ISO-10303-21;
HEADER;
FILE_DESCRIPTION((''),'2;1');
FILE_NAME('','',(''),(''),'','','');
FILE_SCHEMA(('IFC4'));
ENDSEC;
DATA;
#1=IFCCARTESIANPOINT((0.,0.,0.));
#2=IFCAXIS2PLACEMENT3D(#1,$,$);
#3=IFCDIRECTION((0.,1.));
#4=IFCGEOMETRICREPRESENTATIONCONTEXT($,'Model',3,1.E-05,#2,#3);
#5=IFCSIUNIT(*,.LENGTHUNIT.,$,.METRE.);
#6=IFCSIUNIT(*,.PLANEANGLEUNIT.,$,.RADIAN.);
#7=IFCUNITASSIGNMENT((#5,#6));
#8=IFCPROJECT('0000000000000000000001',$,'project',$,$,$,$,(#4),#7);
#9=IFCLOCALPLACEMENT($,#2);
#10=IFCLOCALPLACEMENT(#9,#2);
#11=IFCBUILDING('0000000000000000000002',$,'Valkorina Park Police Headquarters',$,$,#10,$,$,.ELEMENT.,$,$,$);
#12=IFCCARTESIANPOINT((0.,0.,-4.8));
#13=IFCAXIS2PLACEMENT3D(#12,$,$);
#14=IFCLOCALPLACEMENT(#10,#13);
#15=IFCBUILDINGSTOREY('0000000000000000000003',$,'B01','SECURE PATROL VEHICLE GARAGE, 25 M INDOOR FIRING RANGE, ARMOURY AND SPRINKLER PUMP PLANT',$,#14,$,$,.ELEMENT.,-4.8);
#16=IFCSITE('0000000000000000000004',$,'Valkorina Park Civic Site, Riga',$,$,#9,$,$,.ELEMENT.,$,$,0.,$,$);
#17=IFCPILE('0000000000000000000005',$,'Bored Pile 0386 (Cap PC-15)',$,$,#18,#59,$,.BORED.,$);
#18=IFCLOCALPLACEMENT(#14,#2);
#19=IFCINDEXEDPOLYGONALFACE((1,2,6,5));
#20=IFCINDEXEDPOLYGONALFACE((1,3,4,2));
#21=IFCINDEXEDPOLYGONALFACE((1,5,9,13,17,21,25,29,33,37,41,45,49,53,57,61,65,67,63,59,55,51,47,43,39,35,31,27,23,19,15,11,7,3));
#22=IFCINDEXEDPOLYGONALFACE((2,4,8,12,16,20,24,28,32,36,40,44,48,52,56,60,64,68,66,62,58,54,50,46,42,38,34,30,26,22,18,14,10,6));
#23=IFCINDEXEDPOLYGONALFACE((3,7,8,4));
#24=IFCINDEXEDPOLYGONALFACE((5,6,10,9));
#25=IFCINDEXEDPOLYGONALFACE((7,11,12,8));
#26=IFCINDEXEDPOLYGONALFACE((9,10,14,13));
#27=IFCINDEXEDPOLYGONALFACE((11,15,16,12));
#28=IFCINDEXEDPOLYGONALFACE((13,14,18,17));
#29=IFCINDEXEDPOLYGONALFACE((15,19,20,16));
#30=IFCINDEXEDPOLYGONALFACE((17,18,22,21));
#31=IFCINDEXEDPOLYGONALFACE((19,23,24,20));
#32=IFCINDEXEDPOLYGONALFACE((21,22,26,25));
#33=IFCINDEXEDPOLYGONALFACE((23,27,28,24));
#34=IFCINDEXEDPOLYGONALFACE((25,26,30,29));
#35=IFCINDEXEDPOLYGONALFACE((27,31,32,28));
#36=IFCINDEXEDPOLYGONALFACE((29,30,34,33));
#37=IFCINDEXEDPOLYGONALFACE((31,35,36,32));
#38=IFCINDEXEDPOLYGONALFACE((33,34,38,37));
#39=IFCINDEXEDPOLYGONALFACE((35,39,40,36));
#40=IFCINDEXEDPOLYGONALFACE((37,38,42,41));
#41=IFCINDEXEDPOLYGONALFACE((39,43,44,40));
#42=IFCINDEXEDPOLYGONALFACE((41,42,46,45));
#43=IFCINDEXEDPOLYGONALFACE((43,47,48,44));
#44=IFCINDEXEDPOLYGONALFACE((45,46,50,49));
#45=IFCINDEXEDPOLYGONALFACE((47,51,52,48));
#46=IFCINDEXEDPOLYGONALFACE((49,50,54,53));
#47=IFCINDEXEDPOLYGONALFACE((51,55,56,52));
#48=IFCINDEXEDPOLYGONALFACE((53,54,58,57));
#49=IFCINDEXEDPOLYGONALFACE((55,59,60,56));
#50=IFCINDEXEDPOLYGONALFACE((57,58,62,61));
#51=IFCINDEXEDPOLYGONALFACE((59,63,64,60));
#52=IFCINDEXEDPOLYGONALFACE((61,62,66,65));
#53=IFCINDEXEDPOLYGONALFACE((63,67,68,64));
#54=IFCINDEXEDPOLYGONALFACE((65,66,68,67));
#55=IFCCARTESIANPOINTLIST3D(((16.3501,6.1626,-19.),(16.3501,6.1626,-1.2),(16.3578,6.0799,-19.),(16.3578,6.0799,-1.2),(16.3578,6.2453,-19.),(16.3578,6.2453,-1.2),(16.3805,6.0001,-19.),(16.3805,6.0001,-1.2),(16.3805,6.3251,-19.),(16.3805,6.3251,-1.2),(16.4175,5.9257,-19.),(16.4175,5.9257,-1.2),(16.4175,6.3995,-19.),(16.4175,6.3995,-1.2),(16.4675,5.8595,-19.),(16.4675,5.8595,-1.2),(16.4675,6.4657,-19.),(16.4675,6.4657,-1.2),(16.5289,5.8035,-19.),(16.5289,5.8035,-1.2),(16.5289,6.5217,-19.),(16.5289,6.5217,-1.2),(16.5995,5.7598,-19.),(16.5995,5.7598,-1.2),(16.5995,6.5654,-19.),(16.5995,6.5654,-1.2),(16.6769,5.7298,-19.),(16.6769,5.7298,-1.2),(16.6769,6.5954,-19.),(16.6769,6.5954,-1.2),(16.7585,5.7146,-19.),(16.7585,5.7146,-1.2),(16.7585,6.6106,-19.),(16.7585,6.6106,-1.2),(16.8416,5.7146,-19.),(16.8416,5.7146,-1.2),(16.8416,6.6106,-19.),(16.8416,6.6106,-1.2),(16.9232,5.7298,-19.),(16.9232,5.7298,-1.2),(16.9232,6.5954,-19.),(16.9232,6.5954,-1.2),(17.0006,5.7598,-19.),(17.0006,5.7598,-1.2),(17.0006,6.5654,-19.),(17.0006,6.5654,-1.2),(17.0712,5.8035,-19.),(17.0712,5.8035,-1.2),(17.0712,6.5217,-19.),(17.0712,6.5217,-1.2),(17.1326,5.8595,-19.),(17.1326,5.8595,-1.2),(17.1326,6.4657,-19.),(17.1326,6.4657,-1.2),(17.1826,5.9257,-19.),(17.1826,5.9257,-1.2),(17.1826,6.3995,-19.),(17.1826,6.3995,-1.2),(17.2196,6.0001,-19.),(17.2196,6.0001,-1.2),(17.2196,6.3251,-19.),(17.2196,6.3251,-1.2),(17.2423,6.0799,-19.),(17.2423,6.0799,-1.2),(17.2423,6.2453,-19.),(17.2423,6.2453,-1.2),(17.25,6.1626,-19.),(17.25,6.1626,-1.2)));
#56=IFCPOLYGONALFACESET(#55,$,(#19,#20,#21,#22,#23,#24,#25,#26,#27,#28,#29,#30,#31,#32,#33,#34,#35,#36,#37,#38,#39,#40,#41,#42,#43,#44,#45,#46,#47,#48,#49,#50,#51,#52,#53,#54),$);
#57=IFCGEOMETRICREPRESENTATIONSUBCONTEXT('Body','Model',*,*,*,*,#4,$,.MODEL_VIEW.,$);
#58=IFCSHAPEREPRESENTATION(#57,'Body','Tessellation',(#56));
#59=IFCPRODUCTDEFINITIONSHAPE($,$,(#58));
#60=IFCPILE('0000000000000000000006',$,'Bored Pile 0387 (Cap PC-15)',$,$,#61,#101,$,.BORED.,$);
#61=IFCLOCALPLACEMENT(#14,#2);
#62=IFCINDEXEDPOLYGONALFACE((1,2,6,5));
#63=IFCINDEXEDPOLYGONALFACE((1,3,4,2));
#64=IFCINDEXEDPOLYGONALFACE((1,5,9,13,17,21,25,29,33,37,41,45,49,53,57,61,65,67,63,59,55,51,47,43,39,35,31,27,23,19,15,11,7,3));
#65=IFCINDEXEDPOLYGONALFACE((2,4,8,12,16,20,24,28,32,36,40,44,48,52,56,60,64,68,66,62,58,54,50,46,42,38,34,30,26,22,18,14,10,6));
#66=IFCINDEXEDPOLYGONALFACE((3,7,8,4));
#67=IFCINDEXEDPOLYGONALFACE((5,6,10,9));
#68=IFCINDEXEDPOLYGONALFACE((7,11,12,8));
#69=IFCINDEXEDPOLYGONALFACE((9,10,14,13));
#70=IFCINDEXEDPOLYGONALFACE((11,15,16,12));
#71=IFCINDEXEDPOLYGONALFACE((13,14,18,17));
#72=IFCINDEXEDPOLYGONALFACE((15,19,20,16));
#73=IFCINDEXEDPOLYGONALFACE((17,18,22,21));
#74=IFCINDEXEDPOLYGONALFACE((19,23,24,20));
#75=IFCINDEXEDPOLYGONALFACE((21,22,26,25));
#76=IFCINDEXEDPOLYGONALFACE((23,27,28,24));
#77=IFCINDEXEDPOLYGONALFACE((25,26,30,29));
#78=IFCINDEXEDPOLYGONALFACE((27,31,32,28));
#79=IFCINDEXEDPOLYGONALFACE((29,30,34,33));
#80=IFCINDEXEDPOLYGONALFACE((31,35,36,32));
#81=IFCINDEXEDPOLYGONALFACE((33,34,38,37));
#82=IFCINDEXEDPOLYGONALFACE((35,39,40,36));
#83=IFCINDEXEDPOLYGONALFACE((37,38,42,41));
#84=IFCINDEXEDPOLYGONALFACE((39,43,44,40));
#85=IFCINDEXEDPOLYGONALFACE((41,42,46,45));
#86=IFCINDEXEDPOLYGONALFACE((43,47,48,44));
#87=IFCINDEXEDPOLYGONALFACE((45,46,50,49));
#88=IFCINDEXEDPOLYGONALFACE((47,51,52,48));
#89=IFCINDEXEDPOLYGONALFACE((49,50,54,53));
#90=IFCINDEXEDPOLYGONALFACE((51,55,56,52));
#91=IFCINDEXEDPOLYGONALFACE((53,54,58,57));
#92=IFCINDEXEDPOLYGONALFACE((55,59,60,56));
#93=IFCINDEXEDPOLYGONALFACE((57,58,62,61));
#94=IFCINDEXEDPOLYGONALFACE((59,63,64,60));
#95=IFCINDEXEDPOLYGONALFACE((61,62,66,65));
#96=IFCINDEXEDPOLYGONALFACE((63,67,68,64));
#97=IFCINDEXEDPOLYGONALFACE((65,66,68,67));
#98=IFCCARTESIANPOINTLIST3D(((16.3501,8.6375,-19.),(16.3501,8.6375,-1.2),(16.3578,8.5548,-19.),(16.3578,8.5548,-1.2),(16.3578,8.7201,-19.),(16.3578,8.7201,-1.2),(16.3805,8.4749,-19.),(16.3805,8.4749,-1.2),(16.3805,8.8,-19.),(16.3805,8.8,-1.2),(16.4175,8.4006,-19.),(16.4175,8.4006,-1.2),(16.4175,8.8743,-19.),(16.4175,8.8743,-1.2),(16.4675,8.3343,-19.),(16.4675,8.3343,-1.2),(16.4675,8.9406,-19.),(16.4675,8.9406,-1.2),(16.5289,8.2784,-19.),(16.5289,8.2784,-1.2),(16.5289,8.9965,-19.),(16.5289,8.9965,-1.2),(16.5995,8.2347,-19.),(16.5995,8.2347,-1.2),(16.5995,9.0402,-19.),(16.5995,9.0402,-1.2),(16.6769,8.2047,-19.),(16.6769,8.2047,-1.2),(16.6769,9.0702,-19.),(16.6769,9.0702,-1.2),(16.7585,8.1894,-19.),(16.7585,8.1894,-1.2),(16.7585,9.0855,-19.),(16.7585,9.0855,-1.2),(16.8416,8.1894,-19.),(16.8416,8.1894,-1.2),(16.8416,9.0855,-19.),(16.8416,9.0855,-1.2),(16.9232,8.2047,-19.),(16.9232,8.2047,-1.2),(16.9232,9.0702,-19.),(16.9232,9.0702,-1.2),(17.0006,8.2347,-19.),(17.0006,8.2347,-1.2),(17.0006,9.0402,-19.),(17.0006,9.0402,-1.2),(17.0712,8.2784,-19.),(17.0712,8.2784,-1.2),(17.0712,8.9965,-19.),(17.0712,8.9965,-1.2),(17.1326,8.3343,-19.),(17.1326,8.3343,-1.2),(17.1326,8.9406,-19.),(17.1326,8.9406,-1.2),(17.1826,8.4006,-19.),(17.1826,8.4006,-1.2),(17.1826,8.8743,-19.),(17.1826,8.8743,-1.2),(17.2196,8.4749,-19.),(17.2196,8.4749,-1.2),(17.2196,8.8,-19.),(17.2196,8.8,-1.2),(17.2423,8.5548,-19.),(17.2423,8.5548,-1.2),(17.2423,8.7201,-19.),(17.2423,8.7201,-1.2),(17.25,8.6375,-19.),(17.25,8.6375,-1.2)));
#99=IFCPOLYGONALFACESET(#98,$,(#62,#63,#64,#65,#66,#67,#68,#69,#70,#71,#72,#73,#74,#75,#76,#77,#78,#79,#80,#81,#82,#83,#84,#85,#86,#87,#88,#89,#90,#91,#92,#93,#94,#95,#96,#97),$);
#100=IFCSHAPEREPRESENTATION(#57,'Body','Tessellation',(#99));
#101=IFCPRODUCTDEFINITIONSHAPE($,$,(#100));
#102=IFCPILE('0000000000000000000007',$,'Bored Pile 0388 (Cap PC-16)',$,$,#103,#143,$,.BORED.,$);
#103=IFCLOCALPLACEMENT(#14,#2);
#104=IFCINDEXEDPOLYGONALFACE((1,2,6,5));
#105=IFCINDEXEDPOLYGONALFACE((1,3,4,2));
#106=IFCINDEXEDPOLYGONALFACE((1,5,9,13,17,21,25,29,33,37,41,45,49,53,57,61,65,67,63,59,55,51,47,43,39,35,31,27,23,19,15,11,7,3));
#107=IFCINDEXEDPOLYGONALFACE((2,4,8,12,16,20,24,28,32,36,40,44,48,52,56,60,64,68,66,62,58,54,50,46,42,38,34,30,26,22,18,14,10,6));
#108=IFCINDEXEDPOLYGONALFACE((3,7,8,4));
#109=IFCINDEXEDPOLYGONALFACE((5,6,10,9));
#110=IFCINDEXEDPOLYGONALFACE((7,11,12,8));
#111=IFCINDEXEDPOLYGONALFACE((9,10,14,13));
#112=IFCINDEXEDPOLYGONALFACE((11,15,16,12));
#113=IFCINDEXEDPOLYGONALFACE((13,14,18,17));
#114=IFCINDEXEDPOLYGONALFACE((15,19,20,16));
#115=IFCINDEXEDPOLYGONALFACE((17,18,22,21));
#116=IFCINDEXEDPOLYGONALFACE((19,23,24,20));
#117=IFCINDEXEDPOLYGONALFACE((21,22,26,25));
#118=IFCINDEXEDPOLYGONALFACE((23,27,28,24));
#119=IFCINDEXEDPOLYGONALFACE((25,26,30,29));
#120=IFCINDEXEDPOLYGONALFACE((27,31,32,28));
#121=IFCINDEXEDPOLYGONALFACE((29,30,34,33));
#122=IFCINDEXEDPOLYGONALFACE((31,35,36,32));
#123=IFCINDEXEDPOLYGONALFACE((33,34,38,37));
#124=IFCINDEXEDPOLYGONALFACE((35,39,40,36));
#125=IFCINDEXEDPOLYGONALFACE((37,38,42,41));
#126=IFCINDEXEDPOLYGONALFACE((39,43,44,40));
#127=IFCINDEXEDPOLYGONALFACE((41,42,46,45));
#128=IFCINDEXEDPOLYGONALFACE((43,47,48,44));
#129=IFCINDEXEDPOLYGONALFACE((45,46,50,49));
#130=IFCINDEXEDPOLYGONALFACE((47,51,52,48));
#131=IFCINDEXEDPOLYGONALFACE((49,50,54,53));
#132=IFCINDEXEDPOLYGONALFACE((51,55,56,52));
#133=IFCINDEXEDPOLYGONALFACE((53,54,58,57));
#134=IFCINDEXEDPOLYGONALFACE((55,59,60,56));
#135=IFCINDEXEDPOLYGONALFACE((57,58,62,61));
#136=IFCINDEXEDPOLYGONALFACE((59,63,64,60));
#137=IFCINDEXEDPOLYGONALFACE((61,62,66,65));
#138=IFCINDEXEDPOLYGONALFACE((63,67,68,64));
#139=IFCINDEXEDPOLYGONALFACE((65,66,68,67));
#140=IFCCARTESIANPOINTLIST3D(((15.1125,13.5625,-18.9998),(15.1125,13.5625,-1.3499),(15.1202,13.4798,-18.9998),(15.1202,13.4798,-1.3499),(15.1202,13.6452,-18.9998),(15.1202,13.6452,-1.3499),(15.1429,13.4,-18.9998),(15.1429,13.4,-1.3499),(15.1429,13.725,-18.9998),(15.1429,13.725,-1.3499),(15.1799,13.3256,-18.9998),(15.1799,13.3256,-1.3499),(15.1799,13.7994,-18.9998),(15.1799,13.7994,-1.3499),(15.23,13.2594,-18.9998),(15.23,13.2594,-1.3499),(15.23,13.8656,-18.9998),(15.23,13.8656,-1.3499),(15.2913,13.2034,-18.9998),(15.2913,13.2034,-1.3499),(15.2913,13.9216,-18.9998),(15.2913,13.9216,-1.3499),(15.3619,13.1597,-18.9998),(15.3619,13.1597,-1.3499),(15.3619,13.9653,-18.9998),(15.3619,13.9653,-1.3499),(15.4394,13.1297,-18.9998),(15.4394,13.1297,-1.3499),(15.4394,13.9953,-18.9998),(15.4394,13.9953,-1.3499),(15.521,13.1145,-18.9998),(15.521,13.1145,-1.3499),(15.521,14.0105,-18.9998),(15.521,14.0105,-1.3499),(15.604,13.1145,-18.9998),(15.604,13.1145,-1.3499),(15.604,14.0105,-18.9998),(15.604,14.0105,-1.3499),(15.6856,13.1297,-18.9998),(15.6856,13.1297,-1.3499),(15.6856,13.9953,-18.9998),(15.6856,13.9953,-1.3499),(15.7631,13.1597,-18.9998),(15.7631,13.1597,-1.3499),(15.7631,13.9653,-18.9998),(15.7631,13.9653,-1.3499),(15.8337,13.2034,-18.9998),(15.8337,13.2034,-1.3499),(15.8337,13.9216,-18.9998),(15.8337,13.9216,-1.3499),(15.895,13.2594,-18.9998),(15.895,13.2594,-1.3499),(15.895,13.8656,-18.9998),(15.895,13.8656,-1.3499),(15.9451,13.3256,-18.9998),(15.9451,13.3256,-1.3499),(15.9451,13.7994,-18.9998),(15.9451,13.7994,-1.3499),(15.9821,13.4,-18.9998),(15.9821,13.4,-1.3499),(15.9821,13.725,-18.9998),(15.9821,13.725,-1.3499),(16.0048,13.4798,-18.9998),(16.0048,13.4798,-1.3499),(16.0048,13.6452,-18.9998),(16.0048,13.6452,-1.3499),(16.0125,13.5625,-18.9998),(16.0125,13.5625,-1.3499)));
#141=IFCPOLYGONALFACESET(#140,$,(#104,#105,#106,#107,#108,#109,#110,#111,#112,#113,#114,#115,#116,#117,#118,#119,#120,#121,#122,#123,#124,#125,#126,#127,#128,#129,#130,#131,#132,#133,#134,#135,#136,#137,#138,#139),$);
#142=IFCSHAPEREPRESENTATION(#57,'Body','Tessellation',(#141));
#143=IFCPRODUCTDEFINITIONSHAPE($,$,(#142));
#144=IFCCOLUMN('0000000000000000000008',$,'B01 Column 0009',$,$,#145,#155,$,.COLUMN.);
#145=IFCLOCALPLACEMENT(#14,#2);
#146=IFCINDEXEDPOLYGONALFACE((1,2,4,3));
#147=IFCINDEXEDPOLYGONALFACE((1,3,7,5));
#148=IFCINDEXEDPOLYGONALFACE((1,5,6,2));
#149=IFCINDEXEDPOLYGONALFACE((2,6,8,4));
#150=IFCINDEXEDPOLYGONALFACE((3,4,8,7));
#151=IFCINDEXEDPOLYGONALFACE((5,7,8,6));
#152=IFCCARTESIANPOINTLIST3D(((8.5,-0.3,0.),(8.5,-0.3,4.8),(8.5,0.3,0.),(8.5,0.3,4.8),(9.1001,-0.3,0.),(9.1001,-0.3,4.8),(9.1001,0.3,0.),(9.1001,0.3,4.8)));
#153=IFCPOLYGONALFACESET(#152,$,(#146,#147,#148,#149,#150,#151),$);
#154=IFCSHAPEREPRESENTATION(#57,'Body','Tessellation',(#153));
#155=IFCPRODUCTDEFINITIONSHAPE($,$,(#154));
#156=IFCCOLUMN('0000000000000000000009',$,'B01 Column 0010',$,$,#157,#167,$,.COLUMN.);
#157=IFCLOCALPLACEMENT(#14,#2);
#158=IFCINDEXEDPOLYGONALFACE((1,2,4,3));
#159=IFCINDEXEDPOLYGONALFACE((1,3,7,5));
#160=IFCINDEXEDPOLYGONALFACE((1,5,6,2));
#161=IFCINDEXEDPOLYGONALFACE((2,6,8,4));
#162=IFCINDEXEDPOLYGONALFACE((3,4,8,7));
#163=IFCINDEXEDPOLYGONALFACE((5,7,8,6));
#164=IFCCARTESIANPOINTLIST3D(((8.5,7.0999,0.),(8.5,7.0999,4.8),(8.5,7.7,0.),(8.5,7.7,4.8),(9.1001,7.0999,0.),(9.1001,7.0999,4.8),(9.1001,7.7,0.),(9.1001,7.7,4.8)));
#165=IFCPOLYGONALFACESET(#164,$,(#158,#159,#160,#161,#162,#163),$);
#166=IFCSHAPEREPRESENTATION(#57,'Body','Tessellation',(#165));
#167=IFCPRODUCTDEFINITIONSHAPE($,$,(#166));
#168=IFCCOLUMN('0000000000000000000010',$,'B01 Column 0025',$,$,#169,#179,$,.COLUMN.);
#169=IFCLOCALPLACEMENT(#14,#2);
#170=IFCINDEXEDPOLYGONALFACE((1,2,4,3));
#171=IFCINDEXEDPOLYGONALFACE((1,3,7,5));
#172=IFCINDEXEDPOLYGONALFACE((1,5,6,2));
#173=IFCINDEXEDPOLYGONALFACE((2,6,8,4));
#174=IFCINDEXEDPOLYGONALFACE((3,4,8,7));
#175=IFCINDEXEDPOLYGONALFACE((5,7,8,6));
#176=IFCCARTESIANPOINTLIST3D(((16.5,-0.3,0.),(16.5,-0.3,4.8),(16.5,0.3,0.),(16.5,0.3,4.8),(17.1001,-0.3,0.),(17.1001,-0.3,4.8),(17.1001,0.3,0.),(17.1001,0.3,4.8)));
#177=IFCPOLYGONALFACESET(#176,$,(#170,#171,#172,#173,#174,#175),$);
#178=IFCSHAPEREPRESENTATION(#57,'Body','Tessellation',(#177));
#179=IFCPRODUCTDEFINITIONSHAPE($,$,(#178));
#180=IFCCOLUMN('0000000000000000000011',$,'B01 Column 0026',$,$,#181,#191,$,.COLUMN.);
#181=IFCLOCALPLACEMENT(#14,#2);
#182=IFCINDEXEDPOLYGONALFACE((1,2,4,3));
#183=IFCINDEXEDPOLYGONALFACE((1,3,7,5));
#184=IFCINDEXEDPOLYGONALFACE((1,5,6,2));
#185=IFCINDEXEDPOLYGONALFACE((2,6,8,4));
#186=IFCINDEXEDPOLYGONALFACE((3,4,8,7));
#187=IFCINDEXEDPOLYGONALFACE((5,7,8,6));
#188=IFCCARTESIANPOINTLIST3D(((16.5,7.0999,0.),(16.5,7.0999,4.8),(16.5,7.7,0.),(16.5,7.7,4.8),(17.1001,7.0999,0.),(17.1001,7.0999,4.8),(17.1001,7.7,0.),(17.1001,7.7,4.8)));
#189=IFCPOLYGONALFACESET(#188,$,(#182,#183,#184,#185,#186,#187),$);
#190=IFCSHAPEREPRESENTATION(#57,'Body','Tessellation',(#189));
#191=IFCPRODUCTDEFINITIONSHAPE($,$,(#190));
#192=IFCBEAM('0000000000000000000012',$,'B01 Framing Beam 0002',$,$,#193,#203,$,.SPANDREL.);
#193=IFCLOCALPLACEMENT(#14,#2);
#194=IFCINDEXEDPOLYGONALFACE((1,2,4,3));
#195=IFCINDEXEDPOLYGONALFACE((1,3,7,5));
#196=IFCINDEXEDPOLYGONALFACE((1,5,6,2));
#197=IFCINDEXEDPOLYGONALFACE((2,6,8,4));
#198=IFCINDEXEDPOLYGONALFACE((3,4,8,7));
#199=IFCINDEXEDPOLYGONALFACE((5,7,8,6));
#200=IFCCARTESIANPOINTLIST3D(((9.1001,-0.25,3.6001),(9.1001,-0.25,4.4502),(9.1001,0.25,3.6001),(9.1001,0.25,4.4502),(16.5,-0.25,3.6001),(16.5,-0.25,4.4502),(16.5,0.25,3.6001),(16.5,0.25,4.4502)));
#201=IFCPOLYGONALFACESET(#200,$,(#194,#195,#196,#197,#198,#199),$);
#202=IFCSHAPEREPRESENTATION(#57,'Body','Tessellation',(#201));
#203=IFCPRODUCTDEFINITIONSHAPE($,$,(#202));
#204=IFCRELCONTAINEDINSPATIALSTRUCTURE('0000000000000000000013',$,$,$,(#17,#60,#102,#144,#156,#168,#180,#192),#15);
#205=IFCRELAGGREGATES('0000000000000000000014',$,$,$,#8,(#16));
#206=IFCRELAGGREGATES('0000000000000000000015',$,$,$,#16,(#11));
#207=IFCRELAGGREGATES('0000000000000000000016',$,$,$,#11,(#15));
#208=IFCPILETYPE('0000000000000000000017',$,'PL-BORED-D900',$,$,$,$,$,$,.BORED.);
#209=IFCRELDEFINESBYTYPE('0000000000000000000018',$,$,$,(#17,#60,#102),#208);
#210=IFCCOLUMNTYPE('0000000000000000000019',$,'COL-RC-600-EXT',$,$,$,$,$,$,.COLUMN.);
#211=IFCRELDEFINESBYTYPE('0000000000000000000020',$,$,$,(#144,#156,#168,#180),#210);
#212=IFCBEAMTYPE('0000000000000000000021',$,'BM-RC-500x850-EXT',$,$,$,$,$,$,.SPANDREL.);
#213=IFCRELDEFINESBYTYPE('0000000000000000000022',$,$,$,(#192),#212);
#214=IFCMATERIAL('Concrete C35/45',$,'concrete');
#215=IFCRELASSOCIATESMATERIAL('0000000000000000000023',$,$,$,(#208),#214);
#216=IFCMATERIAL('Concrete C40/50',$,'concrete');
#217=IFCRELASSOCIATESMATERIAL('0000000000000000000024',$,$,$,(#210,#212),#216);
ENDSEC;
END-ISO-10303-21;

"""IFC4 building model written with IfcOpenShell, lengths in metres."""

from ifc_helpers import new_model, si_unit, direction, frame, origin, origin_2d, place, context, subcontext, project, spatial, rectangle, circle, extrude, material, material_profile, profile_set, type_object, element, save


model = new_model("IFC4")

# Units and contexts
model_context = context("Model", 3, precision=1e-05, world=origin(), true_north=direction((0.0, 1.0)))
body_context = subcontext(model_context, "Body", "Model", "MODEL_VIEW")
ifc_project = project(units=[si_unit("LENGTHUNIT", "METRE"), si_unit("PLANEANGLEUNIT", "RADIAN")], contexts=[model_context])

# Site, building, storey
site_placement = place(None, origin())
site = spatial("IfcSite", under=ifc_project, at=site_placement, Name="Valkorina Park Civic Site, Riga", CompositionType="ELEMENT", RefElevation=0.0)
building_placement = place(site_placement, origin())
building = spatial("IfcBuilding", under=site, at=building_placement, Name="Valkorina Park Police Headquarters", CompositionType="ELEMENT")
storey_placement = place(building_placement, frame((0.0, 0.0, -4.8)))
storey = spatial("IfcBuildingStorey", under=building, at=storey_placement, Name="B01", Description="SECURE PATROL VEHICLE GARAGE, 25 M INDOOR FIRING RANGE, ARMOURY AND SPRINKLER PUMP PLANT", CompositionType="ELEMENT", Elevation=-4.8)

# Shared definitions
ifc_material_1 = material(Name="Concrete C40/50", Category="concrete")

# Piles
ifc_material_2 = material(Name="Concrete C35/45", Category="concrete")
ifc_material_profile_1 = material_profile(ifc_material_2, circle(Radius=0.45, at=origin_2d()), Name="BORED PILE D900")
ifc_profile_set_1 = profile_set([ifc_material_profile_1], Name="Concrete C35/45")
pile_type_1 = type_object("IfcPileType", Name="PL-BORED-D900", PredefinedType="BORED", material=ifc_profile_set_1)
for number, where, z_axis, x_axis, name in (
    (1, (16.8, 6.1626, -1.2), (0.0, 0.0, -1.0), (1.0, 0.0, 0.0), "Bored Pile 0386 (Cap PC-15)"),
    (2, (16.8, 8.6375, -1.2), (0.0, 0.0, -1.0), (1.0, 0.0, 0.0), "Bored Pile 0387 (Cap PC-15)"),
):
    element("IfcPile", number, at=place(storey_placement, frame(where, z_axis=z_axis, x_axis=x_axis)), inside=storey, type_object=pile_type_1, Name=name, PredefinedType="BORED", context=body_context, shape_type="SweptSolid", body=[
        extrude(circle(Radius=0.45, at=origin_2d()), origin(), (0.0, 0.0, 1.0), 17.8),
    ])
pile_placement = place(storey_placement, frame((15.5625, 13.5625, -1.3499), z_axis=(0.0, 0.0, -1.0), x_axis=(1.0, 0.0, 0.0)))
element("IfcPile", 3, at=pile_placement, inside=storey, type_object=pile_type_1, Name="Bored Pile 0388 (Cap PC-16)", PredefinedType="BORED", context=body_context, shape_type="SweptSolid", body=[
    extrude(circle(Radius=0.45, at=origin_2d()), origin(), (0.0, 0.0, 1.0), 17.6499),
])

# Columns
ifc_material_profile_2 = material_profile(ifc_material_1, rectangle(XDim=0.6001, YDim=0.6001, at=origin_2d()), Name="RC COL 600x600")
ifc_profile_set_2 = profile_set([ifc_material_profile_2], Name="Concrete C40/50")
column_type = type_object("IfcColumnType", Name="COL-RC-600-EXT", PredefinedType="COLUMN", material=ifc_profile_set_2)
for number, where, z_axis, x_axis, name in (
    (4, (8.8, 0.0, 0.0), (0.0, 0.0, 1.0), (1.0, 0.0, 0.0), "B01 Column 0009"),
    (5, (8.8, 7.3999, 0.0), (0.0, 0.0, 1.0), (1.0, 0.0, 0.0), "B01 Column 0010"),
    (6, (16.8, 0.0, 0.0), (0.0, 0.0, 1.0), (1.0, 0.0, 0.0), "B01 Column 0025"),
    (7, (16.8, 7.3999, 0.0), (0.0, 0.0, 1.0), (1.0, 0.0, 0.0), "B01 Column 0026"),
):
    element("IfcColumn", number, at=place(storey_placement, frame(where, z_axis=z_axis, x_axis=x_axis)), inside=storey, type_object=column_type, Name=name, PredefinedType="COLUMN", context=body_context, shape_type="SweptSolid", body=[
        extrude(rectangle(XDim=0.6001, YDim=0.6001, at=origin_2d()), origin(), (0.0, 0.0, 1.0), 4.8),
    ])

# Beam
ifc_material_profile_3 = material_profile(ifc_material_1, rectangle(XDim=0.5, YDim=0.8501, at=origin_2d()), Name="RC BEAM 500x850")
ifc_profile_set_3 = profile_set([ifc_material_profile_3], Name="Concrete C40/50")
beam_type_1 = type_object("IfcBeamType", Name="BM-RC-500x850-EXT", PredefinedType="SPANDREL", material=ifc_profile_set_3)
for number, where, z_axis, x_axis, name in (
    (8, (9.1001, 0.0, 4.0251), (1.0, 0.0, 0.0), (0.0, 1.0, 0.0), "B01 Framing Beam 0002"),
):
    element("IfcBeam", number, at=place(storey_placement, frame(where, z_axis=z_axis, x_axis=x_axis)), inside=storey, type_object=beam_type_1, Name=name, PredefinedType="SPANDREL", context=body_context, shape_type="SweptSolid", body=[
        extrude(rectangle(XDim=0.5, YDim=0.8501, at=origin_2d()), origin(), (0.0, 0.0, 1.0), 7.3999),
    ])

save(model, "model.ifc")
